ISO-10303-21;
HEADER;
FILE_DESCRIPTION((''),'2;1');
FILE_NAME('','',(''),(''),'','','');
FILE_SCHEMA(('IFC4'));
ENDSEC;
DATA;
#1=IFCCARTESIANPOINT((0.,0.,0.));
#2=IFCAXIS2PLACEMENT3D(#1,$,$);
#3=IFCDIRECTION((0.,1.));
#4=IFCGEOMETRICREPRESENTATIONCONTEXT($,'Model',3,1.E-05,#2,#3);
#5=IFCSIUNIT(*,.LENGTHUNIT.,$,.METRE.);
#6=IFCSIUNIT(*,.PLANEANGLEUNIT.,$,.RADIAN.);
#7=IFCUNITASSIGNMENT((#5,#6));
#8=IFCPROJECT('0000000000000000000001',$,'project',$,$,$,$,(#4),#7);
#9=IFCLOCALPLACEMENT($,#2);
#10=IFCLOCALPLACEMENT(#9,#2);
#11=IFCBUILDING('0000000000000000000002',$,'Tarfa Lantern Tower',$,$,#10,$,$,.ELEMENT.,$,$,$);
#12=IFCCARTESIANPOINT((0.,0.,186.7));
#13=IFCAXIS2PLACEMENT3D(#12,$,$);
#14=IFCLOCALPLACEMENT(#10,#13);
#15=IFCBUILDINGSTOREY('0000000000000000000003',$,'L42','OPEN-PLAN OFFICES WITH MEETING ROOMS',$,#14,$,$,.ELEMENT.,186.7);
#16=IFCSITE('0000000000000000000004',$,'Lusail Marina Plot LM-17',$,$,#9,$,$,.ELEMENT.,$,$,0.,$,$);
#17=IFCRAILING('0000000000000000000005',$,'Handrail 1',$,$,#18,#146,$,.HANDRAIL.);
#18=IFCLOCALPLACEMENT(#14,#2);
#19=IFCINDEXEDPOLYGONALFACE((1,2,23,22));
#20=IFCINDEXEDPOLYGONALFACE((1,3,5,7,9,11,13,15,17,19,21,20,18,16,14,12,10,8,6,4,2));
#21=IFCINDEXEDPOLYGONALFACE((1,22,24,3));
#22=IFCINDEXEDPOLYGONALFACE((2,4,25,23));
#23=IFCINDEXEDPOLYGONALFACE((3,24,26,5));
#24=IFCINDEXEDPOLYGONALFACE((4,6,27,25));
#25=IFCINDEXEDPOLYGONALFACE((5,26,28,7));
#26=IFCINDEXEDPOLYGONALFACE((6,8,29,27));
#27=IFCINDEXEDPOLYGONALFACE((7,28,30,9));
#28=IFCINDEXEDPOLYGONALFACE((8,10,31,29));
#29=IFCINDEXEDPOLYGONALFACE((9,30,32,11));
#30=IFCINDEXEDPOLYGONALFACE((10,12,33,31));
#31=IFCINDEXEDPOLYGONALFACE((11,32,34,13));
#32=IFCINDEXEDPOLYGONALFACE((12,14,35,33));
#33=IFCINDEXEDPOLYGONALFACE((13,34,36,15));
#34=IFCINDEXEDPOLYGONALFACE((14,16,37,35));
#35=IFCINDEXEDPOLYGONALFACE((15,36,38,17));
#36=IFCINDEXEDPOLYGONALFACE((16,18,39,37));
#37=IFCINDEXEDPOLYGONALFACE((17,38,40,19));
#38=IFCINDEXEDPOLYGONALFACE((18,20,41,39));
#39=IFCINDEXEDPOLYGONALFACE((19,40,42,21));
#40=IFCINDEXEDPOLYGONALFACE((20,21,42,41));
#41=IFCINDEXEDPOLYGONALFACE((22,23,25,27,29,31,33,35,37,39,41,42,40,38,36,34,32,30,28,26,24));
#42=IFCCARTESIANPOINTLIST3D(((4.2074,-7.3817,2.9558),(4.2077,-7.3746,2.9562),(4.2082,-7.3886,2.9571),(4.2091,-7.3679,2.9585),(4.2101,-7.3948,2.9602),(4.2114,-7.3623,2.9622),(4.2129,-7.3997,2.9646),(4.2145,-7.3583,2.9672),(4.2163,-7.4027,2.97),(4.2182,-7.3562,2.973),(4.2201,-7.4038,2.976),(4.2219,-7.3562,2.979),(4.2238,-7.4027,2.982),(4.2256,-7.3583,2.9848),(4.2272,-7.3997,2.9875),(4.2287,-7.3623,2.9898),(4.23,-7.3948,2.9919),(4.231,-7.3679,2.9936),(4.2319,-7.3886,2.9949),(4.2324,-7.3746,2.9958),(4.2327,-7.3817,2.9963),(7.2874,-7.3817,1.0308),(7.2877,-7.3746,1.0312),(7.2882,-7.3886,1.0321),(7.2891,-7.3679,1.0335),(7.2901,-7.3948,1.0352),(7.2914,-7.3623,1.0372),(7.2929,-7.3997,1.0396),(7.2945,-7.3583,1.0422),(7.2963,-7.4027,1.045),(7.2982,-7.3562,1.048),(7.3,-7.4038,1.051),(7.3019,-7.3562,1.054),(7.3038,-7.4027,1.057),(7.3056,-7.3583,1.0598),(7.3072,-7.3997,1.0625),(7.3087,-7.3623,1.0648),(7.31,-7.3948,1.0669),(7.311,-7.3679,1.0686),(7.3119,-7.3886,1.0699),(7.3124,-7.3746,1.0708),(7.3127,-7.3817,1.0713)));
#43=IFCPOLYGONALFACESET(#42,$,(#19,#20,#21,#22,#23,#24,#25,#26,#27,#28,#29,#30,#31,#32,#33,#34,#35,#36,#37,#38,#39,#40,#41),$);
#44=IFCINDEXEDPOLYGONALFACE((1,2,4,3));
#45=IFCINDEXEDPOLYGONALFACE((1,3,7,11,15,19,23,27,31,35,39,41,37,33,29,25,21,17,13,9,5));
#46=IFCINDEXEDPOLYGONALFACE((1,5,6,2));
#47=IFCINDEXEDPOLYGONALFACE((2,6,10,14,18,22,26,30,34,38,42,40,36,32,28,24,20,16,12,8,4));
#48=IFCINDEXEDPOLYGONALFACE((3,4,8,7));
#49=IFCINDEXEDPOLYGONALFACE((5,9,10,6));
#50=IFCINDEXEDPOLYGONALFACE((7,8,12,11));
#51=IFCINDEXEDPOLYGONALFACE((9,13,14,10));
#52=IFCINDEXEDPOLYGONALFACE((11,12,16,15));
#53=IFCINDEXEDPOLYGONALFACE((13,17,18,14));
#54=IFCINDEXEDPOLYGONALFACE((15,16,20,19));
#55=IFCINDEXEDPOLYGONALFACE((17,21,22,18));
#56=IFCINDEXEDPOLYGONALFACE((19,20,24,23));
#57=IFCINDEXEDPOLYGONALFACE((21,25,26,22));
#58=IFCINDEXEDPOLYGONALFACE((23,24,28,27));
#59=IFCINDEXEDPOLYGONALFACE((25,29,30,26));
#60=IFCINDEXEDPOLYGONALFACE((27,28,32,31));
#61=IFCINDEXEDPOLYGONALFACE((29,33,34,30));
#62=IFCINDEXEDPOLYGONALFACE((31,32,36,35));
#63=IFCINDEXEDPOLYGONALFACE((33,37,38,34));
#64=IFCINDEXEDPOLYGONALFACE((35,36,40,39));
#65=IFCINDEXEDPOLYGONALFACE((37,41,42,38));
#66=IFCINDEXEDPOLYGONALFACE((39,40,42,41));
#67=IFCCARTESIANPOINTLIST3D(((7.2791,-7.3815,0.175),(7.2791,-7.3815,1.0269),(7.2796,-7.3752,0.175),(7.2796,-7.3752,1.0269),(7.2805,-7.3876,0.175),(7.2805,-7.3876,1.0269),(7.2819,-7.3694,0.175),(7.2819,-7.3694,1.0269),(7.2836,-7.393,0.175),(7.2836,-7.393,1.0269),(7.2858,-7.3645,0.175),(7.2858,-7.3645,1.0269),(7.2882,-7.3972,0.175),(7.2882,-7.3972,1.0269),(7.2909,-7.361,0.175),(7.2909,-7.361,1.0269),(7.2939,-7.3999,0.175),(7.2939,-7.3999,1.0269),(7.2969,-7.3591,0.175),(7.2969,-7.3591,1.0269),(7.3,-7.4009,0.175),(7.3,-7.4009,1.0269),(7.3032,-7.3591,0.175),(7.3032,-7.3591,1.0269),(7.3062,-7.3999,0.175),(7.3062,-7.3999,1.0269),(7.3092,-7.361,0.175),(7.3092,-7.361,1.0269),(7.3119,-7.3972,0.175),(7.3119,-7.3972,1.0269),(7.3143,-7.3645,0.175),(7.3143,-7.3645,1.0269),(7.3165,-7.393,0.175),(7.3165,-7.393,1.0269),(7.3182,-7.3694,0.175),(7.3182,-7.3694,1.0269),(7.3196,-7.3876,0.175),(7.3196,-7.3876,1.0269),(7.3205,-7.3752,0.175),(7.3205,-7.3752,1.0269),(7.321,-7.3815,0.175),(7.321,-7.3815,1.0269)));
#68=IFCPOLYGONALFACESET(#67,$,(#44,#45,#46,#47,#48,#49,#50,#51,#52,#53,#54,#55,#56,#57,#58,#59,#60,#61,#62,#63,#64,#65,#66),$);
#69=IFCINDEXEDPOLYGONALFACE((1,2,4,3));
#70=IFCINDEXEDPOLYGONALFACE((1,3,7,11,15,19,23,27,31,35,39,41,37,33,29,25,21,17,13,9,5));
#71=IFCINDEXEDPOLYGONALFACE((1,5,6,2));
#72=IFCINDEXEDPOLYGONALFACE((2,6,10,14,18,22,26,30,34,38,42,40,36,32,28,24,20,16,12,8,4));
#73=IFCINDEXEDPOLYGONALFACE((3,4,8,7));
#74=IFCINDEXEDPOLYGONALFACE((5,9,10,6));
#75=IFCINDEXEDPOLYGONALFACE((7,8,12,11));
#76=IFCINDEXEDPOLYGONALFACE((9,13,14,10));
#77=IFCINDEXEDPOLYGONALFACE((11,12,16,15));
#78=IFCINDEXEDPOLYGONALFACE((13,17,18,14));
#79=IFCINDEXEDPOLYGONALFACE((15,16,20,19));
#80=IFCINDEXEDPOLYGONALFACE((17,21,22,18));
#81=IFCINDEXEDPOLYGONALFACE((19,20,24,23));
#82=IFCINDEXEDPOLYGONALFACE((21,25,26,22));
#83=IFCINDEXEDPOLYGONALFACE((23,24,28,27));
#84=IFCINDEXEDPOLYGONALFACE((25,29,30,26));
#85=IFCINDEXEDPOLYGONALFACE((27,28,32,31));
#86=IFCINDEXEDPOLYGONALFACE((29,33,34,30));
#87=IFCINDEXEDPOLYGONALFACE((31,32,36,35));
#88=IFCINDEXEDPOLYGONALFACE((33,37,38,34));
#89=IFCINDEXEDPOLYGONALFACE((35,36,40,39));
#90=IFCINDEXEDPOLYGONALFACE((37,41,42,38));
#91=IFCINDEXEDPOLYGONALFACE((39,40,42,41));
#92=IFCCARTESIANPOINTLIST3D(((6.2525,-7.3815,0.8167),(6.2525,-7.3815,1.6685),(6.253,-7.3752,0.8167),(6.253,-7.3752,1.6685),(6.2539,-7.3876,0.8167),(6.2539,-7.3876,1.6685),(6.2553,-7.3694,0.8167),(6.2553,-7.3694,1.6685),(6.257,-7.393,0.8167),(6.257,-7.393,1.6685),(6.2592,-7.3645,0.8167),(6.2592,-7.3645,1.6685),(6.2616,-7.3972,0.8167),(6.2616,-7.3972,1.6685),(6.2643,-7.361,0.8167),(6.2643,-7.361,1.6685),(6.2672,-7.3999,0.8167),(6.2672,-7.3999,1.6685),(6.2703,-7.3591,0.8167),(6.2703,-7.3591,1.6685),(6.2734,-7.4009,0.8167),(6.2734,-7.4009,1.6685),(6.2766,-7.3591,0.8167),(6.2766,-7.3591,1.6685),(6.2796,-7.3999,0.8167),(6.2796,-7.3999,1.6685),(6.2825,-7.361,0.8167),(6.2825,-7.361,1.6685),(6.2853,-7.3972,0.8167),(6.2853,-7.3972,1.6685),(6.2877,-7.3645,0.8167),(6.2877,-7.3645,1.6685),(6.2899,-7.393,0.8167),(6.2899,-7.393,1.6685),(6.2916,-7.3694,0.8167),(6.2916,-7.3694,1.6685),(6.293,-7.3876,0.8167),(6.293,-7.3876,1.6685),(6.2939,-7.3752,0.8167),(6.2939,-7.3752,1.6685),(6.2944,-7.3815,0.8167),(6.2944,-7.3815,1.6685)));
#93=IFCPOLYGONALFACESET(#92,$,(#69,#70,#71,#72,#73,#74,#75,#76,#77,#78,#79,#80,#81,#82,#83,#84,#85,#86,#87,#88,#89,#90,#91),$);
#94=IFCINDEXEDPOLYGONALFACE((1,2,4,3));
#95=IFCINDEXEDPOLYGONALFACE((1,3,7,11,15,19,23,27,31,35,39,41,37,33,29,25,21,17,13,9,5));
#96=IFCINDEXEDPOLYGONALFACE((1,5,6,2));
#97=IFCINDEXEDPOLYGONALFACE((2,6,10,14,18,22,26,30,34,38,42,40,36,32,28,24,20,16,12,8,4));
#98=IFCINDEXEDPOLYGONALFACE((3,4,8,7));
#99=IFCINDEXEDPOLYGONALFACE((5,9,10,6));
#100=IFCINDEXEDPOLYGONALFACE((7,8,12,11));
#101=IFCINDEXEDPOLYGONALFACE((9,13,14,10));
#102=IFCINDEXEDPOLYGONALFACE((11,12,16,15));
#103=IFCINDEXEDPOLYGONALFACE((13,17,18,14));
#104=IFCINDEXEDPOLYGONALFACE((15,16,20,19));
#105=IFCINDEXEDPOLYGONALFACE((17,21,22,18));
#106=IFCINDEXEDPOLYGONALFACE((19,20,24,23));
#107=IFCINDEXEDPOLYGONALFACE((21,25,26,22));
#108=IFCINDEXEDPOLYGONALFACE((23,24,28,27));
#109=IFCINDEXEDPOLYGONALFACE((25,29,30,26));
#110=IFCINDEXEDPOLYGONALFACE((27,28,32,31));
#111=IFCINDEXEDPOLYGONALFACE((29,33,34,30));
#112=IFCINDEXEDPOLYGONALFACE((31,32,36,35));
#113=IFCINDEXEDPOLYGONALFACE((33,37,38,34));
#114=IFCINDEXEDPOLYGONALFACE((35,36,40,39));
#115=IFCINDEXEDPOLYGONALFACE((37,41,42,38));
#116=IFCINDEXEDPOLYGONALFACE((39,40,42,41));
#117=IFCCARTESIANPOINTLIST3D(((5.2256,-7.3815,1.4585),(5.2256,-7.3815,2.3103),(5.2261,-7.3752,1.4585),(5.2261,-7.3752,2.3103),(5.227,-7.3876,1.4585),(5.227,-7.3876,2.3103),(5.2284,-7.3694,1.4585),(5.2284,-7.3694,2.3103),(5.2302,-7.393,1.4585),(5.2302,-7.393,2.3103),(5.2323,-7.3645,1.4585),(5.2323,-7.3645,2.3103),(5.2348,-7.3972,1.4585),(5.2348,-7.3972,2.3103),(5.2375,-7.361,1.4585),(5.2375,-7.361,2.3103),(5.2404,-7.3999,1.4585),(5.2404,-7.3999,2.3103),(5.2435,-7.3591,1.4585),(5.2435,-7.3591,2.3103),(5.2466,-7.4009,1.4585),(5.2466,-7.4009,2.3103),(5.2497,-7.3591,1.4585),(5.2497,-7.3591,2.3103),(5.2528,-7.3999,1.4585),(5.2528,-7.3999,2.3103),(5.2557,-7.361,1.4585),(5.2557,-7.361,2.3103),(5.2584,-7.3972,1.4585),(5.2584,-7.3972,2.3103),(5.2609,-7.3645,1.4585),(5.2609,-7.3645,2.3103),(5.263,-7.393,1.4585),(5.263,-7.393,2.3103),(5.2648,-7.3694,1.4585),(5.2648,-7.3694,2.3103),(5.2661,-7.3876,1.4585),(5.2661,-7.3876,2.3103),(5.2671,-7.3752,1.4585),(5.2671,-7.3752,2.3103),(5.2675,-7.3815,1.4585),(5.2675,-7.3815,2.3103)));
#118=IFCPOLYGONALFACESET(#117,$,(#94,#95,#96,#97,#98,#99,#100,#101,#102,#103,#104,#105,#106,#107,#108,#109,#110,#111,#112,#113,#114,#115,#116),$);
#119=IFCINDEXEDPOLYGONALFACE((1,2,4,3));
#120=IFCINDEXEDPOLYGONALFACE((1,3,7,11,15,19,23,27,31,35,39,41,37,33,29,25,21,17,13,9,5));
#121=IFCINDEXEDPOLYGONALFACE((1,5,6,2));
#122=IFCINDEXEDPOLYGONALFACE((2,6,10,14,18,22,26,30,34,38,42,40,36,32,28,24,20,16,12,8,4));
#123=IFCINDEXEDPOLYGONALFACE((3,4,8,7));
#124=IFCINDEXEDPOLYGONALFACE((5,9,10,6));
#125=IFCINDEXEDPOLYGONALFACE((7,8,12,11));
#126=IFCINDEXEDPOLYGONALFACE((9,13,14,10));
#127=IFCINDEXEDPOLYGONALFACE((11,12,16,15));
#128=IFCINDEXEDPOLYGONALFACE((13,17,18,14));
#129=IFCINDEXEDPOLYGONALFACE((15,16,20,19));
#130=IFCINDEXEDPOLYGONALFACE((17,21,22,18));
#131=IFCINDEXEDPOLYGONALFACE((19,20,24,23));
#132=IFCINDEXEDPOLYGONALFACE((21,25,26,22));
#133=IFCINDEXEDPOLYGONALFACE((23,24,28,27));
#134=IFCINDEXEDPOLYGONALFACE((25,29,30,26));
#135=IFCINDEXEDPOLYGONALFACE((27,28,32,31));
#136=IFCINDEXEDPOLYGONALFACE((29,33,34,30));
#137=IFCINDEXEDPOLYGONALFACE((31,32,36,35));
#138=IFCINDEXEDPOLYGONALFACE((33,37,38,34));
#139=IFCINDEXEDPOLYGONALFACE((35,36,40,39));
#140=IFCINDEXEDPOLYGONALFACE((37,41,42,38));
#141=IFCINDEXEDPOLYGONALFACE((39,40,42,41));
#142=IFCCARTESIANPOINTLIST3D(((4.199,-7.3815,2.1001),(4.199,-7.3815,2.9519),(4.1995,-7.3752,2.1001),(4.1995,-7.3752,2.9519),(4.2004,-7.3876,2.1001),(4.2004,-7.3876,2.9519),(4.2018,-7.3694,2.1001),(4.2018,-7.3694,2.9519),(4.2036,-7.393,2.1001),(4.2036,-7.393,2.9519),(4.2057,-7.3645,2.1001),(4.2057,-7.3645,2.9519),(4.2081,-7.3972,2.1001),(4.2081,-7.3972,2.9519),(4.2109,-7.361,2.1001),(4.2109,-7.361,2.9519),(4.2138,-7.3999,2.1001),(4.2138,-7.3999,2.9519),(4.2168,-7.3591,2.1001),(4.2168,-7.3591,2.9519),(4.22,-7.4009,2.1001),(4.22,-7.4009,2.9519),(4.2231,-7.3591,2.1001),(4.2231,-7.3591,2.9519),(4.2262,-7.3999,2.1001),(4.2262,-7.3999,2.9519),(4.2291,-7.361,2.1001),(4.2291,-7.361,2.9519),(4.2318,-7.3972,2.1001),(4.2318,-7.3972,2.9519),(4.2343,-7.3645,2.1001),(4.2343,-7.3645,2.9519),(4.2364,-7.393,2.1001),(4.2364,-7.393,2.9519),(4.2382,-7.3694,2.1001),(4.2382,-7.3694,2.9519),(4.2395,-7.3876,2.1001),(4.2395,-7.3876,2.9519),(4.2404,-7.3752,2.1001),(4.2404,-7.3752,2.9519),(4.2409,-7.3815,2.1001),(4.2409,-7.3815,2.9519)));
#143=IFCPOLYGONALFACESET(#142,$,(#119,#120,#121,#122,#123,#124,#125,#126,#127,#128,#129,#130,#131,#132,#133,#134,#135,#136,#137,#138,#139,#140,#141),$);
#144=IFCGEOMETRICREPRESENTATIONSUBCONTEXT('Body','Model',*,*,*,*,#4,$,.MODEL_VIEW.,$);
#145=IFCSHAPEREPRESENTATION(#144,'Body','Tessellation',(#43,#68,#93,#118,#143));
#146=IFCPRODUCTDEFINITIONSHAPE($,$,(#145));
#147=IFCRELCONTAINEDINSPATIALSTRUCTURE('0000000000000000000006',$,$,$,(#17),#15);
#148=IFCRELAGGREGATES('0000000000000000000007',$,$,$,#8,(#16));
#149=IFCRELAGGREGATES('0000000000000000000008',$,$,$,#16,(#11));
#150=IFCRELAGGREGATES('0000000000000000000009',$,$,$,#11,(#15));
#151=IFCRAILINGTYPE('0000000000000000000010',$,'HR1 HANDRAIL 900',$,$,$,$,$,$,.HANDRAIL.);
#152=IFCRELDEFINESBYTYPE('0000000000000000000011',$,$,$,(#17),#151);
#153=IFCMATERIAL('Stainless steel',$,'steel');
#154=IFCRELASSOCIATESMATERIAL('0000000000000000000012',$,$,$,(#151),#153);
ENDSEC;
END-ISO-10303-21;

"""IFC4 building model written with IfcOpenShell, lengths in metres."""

from ifc_helpers import new_model, si_unit, direction, frame, origin, origin_2d, place, context, subcontext, project, spatial, circle, extrude, material, type_object, element, save


model = new_model("IFC4")

# Units and contexts
model_context = context("Model", 3, precision=1e-05, world=origin(), true_north=direction((0.0, 1.0)))
body_context = subcontext(model_context, "Body", "Model", "MODEL_VIEW")
ifc_project = project(units=[si_unit("LENGTHUNIT", "METRE"), si_unit("PLANEANGLEUNIT", "RADIAN")], contexts=[model_context])

# Site, building, storey
site_placement = place(None, origin())
site = spatial("IfcSite", under=ifc_project, at=site_placement, Name="Lusail Marina Plot LM-17", CompositionType="ELEMENT", RefElevation=0.0)
building_placement = place(site_placement, origin())
building = spatial("IfcBuilding", under=site, at=building_placement, Name="Tarfa Lantern Tower", CompositionType="ELEMENT")
storey_placement = place(building_placement, frame((0.0, 0.0, 186.7)))
storey = spatial("IfcBuildingStorey", under=building, at=storey_placement, Name="L42", Description="OPEN-PLAN OFFICES WITH MEETING ROOMS", CompositionType="ELEMENT", Elevation=186.7)

# Railing
ifc_material_1 = material(Name="Stainless steel", Category="steel")
railing_type = type_object("IfcRailingType", Name="HR1 HANDRAIL 900", PredefinedType="HANDRAIL", material=ifc_material_1)
railing_1_placement = place(storey_placement, frame((7.3, -7.3799, 0.175)))
element("IfcRailing", 1, at=railing_1_placement, inside=storey, type_object=railing_type, Name="Handrail 1", PredefinedType="HANDRAIL", context=body_context, shape_type="SweptSolid", body=[
    extrude(circle(Radius=0.0239, at=origin_2d()), frame((0.0, 0.0, 0.876), z_axis=(-0.847998, 0.0, 0.529999), x_axis=(0.0, -1.0, 0.0)), (0.0, 0.0, 1.0), 3.6321),
    extrude(circle(Radius=0.021, at=origin_2d()), frame((0.0, 0.0, 0.0), z_axis=(0.0, 0.0, 1.0), x_axis=(0.0, -1.0, 0.0)), (0.0, 0.0, 1.0), 0.8518),
    extrude(circle(Radius=0.021, at=origin_2d()), frame((-1.0266, 0.0, 0.6416), z_axis=(0.0, 0.0, 1.0), x_axis=(0.0, -1.0, 0.0)), (0.0, 0.0, 1.0), 0.8518),
    extrude(circle(Radius=0.021, at=origin_2d()), frame((-2.0535, 0.0, 1.2834), z_axis=(0.0, 0.0, 1.0), x_axis=(0.0, -1.0, 0.0)), (0.0, 0.0, 1.0), 0.8518),
    extrude(circle(Radius=0.021, at=origin_2d()), frame((-3.0801, 0.0, 1.925), z_axis=(0.0, 0.0, 1.0), x_axis=(0.0, -1.0, 0.0)), (0.0, 0.0, 1.0), 0.8518),
])

save(model, "model.ifc")
